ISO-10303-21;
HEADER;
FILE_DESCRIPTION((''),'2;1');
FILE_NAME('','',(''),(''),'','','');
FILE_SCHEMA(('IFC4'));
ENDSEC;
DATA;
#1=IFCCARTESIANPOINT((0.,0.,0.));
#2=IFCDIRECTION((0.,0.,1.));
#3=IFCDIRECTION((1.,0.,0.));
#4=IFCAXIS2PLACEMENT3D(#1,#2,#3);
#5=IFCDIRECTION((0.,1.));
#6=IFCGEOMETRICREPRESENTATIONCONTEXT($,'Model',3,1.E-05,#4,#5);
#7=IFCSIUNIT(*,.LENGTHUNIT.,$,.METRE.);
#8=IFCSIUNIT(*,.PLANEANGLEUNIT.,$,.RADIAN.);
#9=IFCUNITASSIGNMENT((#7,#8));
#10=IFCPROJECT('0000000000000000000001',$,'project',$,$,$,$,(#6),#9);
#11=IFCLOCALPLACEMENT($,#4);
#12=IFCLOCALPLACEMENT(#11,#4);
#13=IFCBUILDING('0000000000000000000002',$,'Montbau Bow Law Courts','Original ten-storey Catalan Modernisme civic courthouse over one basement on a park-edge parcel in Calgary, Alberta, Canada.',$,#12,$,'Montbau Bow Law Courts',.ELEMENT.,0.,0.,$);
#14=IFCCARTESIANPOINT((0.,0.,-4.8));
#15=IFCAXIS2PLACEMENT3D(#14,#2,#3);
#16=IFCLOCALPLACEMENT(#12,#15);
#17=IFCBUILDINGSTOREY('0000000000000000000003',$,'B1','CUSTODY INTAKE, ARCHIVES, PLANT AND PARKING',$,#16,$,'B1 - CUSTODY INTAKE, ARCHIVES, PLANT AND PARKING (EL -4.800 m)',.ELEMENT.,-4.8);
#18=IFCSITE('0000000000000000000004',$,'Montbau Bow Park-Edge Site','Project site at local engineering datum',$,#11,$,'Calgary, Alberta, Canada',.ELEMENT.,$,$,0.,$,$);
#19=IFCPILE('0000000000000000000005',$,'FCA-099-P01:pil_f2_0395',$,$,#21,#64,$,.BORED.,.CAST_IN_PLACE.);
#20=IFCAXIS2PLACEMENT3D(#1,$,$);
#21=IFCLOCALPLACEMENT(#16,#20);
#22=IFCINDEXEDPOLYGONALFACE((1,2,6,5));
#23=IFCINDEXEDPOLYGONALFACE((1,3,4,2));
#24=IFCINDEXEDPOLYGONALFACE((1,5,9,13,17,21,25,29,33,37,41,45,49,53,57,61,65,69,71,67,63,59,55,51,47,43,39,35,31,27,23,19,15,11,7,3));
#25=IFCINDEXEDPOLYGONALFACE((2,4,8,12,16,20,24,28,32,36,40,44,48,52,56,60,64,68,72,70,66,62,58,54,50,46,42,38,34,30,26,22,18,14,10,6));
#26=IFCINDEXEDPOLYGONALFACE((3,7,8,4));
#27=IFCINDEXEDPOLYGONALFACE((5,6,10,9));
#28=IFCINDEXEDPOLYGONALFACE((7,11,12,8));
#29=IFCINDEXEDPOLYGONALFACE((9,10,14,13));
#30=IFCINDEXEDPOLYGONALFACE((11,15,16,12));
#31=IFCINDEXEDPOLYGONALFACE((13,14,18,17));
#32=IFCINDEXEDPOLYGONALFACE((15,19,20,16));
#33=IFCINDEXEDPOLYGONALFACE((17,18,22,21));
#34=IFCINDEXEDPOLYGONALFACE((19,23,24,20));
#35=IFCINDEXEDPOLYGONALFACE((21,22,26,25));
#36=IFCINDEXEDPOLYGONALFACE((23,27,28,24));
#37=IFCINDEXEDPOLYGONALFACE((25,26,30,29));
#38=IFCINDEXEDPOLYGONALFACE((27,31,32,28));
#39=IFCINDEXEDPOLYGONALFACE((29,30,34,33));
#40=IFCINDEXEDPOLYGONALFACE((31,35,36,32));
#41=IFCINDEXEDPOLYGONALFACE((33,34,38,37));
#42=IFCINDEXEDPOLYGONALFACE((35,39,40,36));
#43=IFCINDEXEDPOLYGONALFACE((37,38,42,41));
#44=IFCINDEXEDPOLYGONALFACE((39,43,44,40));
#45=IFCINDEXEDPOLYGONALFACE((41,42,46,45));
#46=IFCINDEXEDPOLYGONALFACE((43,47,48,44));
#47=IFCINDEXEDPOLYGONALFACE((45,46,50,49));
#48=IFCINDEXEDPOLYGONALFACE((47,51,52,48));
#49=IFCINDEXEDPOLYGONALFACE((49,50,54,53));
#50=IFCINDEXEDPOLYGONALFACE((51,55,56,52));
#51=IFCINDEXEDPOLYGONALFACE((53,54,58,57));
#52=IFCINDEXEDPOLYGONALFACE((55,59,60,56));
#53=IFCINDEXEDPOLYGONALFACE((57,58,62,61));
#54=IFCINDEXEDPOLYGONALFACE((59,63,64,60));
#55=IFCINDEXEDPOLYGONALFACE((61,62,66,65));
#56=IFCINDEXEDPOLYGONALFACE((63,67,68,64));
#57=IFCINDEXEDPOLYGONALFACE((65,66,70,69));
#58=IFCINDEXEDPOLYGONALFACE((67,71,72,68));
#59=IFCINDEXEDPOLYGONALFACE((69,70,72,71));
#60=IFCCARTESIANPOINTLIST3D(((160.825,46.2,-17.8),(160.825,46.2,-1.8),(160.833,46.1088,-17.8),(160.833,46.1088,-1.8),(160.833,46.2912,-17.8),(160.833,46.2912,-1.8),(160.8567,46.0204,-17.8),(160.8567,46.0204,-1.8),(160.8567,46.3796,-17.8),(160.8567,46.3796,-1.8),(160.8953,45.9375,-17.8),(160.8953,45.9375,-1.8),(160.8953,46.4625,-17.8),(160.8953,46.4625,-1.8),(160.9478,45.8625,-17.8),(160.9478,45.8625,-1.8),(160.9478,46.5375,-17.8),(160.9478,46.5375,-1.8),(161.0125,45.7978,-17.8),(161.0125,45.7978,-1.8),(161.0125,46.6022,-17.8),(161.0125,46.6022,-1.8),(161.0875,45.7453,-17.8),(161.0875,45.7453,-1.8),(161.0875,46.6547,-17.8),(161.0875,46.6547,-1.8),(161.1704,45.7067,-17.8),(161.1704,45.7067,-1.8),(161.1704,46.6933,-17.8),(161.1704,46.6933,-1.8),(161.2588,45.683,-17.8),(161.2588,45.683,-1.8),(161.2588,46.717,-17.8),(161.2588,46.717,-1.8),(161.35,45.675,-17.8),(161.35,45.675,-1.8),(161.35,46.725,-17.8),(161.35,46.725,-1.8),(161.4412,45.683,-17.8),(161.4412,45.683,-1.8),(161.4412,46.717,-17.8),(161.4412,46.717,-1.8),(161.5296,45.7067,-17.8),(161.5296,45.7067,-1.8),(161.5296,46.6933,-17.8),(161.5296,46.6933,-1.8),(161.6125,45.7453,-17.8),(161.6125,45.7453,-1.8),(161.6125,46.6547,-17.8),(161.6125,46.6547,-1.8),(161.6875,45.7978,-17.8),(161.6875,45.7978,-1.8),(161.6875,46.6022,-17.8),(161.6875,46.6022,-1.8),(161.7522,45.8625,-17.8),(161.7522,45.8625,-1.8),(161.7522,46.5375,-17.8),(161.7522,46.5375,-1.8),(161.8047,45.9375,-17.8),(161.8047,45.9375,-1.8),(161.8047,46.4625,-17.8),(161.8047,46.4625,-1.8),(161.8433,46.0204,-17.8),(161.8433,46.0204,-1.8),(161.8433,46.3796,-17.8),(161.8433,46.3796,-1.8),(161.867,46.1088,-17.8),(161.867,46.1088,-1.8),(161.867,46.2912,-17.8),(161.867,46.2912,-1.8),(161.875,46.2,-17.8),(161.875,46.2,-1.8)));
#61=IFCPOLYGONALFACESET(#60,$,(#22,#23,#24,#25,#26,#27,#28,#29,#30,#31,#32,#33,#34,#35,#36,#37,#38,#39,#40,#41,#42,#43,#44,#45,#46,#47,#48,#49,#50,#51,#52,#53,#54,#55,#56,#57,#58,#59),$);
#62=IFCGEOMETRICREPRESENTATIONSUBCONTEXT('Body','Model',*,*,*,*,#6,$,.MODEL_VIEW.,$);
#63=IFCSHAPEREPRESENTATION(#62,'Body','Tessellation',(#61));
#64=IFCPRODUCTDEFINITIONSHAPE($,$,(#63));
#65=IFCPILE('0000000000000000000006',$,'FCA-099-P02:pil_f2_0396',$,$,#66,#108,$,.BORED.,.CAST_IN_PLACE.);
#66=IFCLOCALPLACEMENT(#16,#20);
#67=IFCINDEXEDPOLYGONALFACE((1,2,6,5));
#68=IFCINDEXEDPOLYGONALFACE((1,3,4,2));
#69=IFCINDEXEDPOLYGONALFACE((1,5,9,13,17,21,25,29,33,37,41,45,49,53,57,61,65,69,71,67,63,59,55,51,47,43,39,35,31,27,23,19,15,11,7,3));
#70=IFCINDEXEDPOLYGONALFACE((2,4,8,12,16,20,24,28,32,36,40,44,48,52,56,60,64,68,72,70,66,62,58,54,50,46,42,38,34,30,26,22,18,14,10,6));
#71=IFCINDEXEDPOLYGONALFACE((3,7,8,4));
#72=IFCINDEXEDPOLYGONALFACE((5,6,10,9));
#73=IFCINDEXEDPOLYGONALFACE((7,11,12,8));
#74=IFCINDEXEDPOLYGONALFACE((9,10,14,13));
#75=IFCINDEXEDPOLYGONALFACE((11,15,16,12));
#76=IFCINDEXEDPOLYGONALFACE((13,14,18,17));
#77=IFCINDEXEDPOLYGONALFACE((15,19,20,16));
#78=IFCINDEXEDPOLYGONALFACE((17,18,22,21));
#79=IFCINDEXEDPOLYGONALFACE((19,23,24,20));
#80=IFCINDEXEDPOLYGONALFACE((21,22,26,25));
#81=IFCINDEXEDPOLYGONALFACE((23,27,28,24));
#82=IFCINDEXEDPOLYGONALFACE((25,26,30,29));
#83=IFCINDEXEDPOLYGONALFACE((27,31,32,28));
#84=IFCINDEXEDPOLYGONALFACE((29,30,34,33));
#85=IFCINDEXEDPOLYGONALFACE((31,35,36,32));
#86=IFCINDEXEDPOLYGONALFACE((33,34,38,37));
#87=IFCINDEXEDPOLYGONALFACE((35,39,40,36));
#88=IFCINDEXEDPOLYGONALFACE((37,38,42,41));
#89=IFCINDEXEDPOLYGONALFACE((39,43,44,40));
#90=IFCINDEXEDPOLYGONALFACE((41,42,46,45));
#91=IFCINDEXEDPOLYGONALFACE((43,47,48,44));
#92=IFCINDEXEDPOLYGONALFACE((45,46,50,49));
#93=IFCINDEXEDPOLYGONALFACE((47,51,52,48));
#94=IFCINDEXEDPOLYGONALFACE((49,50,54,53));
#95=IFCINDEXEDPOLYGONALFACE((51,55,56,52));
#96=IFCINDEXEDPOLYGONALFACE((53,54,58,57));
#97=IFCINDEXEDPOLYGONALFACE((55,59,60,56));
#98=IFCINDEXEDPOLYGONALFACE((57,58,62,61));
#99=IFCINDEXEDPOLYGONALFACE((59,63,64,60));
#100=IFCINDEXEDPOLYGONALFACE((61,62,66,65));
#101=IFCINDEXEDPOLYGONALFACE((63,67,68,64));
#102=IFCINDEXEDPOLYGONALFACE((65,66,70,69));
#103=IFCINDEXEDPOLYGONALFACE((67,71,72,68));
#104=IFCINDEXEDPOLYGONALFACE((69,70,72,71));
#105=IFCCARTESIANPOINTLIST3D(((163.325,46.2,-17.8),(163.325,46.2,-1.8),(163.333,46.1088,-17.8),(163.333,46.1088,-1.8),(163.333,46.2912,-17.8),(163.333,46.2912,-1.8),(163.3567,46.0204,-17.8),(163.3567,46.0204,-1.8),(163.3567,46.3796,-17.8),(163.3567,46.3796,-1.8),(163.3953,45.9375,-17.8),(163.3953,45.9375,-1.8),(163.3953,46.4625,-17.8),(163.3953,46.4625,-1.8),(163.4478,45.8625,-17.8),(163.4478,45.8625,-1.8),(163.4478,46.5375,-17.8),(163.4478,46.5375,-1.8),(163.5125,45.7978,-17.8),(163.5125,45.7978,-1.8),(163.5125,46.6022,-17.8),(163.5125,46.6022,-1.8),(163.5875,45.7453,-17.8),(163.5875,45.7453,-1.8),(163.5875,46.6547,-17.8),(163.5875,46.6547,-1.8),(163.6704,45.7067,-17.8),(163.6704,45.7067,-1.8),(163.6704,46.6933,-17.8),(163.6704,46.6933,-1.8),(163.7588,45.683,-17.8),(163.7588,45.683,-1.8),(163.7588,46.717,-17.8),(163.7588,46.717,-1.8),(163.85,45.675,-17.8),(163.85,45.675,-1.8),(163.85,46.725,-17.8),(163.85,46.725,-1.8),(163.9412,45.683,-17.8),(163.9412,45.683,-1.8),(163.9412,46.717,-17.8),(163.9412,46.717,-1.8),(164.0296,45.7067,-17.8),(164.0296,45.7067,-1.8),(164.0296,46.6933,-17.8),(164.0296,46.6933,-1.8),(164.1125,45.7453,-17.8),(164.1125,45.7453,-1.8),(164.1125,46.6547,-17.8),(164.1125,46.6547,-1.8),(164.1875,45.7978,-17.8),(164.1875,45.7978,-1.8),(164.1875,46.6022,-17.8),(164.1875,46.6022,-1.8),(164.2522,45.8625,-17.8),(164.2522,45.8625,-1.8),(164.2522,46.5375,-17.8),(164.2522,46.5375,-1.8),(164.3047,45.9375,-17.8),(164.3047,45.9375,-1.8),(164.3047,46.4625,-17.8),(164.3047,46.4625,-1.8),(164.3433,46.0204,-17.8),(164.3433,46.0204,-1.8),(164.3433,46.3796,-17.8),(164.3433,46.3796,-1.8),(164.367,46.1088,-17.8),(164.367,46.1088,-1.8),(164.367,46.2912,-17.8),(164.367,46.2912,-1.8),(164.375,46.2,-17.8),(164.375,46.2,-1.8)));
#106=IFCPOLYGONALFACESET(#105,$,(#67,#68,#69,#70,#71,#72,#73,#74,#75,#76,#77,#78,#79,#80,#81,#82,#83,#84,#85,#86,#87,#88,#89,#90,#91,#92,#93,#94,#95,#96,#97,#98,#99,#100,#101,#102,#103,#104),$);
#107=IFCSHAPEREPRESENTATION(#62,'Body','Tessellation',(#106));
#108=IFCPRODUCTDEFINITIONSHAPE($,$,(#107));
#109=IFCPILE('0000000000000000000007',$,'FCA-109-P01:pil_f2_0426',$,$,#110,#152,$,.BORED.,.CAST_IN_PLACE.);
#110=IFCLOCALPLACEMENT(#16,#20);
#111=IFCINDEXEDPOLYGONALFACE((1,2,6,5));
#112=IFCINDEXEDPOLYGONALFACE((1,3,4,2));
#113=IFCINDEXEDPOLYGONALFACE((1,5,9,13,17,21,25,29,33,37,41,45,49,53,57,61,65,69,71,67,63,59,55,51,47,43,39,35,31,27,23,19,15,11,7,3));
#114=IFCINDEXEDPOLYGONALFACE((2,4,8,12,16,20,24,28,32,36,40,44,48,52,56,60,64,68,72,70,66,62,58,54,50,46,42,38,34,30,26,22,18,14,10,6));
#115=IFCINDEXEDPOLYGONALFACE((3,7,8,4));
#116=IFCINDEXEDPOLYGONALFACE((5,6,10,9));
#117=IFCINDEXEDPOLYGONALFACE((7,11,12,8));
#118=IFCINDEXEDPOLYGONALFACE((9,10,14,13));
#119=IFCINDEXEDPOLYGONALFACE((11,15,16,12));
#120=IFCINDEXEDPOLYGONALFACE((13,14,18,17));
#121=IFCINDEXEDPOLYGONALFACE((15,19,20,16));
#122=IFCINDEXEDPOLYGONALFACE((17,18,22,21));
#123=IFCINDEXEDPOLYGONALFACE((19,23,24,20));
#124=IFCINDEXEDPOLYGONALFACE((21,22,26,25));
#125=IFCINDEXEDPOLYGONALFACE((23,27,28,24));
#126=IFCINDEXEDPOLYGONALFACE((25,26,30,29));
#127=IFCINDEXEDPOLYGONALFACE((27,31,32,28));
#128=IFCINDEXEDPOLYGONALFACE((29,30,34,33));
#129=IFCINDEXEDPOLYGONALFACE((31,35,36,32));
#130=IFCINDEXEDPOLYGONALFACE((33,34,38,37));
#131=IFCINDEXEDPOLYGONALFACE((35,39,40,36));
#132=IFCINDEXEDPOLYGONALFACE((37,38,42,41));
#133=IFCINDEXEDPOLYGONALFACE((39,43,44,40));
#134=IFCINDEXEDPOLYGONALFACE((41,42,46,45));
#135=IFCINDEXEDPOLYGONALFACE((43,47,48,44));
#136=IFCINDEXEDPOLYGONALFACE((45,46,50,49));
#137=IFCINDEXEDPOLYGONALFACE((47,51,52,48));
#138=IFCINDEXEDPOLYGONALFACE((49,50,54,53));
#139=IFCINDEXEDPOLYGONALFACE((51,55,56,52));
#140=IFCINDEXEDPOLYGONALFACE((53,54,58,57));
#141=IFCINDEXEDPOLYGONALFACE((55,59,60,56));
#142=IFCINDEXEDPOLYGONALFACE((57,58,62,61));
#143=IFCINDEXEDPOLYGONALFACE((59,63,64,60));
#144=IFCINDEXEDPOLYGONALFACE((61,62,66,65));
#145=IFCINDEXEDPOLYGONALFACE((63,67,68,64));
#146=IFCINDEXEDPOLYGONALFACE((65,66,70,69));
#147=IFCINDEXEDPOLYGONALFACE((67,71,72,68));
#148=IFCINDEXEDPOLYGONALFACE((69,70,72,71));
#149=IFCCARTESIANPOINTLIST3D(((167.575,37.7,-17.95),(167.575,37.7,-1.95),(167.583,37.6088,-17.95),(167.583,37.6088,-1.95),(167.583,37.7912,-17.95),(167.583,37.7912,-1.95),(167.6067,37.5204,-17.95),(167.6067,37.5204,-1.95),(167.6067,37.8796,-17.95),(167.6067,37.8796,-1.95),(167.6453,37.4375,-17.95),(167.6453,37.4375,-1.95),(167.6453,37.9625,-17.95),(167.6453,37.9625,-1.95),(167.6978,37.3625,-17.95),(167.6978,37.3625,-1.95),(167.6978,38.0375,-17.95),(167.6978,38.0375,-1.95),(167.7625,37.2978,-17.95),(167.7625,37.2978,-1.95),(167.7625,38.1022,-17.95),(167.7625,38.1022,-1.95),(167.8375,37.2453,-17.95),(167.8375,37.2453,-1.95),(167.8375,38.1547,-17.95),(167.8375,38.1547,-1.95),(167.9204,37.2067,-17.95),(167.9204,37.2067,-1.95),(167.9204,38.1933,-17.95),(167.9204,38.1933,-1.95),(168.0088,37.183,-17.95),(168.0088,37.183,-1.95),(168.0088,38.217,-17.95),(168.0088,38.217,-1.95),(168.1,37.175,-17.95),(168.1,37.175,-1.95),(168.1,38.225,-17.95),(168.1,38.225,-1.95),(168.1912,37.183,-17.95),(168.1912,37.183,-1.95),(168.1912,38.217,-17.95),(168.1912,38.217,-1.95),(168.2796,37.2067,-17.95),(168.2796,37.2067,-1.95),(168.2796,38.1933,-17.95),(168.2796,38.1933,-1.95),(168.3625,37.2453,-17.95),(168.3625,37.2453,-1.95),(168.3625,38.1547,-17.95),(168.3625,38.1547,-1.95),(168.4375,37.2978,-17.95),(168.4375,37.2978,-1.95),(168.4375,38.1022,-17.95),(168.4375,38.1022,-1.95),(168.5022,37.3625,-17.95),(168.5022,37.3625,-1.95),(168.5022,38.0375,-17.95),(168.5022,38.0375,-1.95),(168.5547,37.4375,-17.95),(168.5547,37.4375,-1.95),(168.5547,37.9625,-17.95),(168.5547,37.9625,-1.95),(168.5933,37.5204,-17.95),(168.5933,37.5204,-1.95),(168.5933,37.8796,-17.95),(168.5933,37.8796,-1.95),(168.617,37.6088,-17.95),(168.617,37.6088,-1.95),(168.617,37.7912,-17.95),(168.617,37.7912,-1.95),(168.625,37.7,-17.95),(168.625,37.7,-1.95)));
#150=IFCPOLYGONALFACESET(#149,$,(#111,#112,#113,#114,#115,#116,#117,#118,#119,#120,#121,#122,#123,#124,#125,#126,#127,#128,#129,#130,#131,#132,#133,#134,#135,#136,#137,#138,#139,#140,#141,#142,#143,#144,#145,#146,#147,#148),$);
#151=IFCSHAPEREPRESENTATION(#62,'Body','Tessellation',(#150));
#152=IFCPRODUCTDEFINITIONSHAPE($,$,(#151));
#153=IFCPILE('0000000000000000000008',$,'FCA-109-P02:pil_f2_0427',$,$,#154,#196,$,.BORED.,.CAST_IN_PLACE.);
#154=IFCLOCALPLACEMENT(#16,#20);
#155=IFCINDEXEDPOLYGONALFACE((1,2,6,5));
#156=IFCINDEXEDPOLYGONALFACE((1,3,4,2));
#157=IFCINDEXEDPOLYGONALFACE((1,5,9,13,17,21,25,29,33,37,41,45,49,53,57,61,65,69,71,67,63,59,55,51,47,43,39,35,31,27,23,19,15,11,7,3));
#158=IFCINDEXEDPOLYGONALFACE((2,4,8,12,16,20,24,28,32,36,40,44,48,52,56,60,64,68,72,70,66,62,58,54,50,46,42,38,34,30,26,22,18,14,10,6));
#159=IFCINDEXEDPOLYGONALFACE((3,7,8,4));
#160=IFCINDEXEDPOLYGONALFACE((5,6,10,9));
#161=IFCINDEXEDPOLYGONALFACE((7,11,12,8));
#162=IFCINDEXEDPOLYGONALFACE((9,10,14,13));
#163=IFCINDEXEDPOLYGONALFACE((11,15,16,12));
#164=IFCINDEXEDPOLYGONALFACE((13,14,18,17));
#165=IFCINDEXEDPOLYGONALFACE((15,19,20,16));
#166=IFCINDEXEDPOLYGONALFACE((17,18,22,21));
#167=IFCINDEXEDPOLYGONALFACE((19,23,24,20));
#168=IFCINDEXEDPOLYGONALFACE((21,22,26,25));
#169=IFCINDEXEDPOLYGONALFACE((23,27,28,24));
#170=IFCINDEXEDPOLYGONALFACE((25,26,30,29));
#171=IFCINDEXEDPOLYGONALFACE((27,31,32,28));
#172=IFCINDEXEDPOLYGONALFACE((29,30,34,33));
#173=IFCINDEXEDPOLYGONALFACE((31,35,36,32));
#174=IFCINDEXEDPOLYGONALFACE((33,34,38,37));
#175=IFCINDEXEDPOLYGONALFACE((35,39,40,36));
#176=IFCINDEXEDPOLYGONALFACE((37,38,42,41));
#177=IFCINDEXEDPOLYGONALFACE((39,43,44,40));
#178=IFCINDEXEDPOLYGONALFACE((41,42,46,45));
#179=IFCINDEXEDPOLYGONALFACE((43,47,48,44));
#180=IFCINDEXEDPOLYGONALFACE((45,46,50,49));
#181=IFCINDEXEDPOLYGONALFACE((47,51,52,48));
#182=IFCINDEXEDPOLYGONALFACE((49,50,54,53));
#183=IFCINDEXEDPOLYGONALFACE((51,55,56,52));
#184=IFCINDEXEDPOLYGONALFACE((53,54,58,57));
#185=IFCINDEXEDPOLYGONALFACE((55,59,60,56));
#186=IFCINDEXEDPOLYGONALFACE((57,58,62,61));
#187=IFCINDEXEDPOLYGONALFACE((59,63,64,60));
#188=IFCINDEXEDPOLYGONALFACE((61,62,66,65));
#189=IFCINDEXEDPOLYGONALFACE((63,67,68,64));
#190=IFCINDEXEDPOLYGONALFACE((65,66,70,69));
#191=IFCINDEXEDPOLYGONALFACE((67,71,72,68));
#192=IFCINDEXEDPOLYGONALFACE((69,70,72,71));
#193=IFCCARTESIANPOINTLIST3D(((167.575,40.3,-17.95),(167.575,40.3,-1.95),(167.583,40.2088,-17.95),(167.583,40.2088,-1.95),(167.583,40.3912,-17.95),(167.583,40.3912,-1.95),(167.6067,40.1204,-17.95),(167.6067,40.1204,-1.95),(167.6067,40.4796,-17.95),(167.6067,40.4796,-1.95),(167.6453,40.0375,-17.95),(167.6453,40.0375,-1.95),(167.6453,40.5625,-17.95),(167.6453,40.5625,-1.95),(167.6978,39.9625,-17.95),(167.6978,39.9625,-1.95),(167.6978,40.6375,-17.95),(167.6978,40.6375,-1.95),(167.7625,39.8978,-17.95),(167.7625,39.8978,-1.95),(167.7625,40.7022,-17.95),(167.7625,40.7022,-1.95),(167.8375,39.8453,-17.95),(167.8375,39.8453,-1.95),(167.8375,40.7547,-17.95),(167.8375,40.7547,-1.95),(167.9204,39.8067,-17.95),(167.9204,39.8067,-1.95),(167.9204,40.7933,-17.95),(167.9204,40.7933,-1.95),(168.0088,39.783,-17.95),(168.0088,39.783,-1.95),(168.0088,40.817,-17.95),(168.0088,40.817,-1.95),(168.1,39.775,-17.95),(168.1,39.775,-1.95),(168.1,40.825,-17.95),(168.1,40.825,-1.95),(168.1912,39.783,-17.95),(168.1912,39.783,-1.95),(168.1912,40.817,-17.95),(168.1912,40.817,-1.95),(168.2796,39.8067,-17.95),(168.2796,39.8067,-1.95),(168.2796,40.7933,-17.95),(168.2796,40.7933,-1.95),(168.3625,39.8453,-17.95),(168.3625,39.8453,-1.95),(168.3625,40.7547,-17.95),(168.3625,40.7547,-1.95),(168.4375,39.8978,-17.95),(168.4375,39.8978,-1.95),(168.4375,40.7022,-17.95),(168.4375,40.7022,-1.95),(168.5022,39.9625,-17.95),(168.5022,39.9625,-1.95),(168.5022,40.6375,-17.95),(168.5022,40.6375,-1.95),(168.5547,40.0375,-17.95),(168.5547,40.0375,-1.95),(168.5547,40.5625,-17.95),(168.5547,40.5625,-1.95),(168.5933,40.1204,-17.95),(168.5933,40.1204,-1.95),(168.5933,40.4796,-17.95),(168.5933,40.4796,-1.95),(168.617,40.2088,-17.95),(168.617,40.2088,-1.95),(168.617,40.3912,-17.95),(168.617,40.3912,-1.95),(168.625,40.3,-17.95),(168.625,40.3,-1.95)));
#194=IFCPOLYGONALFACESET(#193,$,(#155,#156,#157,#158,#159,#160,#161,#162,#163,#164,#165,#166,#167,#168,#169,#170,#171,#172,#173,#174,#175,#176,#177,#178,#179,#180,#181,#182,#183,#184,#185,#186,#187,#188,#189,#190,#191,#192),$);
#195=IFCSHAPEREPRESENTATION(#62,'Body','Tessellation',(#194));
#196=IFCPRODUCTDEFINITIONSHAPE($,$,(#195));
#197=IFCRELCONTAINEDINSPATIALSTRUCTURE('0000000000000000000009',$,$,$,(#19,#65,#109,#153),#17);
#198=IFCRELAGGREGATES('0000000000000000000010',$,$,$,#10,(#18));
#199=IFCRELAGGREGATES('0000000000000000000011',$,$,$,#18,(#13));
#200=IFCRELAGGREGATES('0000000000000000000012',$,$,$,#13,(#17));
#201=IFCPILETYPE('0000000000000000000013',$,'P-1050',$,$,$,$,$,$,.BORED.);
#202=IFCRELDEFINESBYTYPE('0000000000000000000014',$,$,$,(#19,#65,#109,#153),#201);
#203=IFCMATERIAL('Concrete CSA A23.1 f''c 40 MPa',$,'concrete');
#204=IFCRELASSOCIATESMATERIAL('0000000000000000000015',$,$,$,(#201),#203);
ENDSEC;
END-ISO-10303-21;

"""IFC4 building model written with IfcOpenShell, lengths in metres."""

from ifc_helpers import new_model, si_unit, direction, frame, origin_with_axes, origin_2d_with_axis, place, context, subcontext, project, spatial, circle, extrude, material, material_profile, profile_set, type_object, element, save


model = new_model("IFC4")

# Units and contexts
model_context = context("Model", 3, precision=1e-05, world=origin_with_axes(), true_north=direction((0.0, 1.0)))
body_context = subcontext(model_context, "Body", "Model", "MODEL_VIEW")
ifc_project = project(units=[si_unit("LENGTHUNIT", "METRE"), si_unit("PLANEANGLEUNIT", "RADIAN")], contexts=[model_context])

# Site, building, storey
site_placement = place(None, origin_with_axes())
site = spatial("IfcSite", under=ifc_project, at=site_placement, Name="Montbau Bow Park-Edge Site", Description="Project site at local engineering datum", LongName="Calgary, Alberta, Canada", CompositionType="ELEMENT", RefElevation=0.0)
building_placement = place(site_placement, origin_with_axes())
building = spatial("IfcBuilding", under=site, at=building_placement, Name="Montbau Bow Law Courts", Description="Original ten-storey Catalan Modernisme civic courthouse over one basement on a park-edge parcel in Calgary, Alberta, Canada.", LongName="Montbau Bow Law Courts", CompositionType="ELEMENT", ElevationOfRefHeight=0.0, ElevationOfTerrain=0.0)
storey_placement = place(building_placement, frame((0.0, 0.0, -4.8), z_axis=(0.0, 0.0, 1.0), x_axis=(1.0, 0.0, 0.0)))
storey = spatial("IfcBuildingStorey", under=building, at=storey_placement, Name="B1", Description="CUSTODY INTAKE, ARCHIVES, PLANT AND PARKING", LongName="B1 - CUSTODY INTAKE, ARCHIVES, PLANT AND PARKING (EL -4.800 m)", CompositionType="ELEMENT", Elevation=-4.8)

# Piles
ifc_material_1 = material(Name="Concrete CSA A23.1 f'c 40 MPa", Category="concrete")
ifc_material_profile_1 = material_profile(ifc_material_1, circle(Radius=0.525, at=origin_2d_with_axis()), Name="BP1050", Category="Main", Priority=0)
ifc_profile_set_1 = profile_set([ifc_material_profile_1], Name="Concrete CSA A23.1 f'c 40 MPa")
pile_type_1 = type_object("IfcPileType", Name="P-1050", PredefinedType="BORED", material=ifc_profile_set_1)
for number, where, z_axis, x_axis, name in (
    (1, (161.35, 46.2, -22.6), (0.0, 0.0, 1.0), (1.0, 0.0, 0.0), "FCA-099-P01:pil_f2_0395"),
    (2, (163.85, 46.2, -22.6), (0.0, 0.0, 1.0), (1.0, 0.0, 0.0), "FCA-099-P02:pil_f2_0396"),
    (3, (168.1, 37.7, -22.75), (0.0, 0.0, 1.0), (1.0, 0.0, 0.0), "FCA-109-P01:pil_f2_0426"),
    (4, (168.1, 40.3, -22.75), (0.0, 0.0, 1.0), (1.0, 0.0, 0.0), "FCA-109-P02:pil_f2_0427"),
):
    element("IfcPile", number, at=place(None, frame(where, z_axis=z_axis, x_axis=x_axis)), inside=storey, type_object=pile_type_1, Name=name, ConstructionType="CAST_IN_PLACE", PredefinedType="BORED", context=body_context, shape_type="SweptSolid", body=[
        extrude(circle(Radius=0.525, at=origin_2d_with_axis()), origin_with_axes(), (0.0, 0.0, 1.0), 16.0),
    ])

save(model, "model.ifc")
